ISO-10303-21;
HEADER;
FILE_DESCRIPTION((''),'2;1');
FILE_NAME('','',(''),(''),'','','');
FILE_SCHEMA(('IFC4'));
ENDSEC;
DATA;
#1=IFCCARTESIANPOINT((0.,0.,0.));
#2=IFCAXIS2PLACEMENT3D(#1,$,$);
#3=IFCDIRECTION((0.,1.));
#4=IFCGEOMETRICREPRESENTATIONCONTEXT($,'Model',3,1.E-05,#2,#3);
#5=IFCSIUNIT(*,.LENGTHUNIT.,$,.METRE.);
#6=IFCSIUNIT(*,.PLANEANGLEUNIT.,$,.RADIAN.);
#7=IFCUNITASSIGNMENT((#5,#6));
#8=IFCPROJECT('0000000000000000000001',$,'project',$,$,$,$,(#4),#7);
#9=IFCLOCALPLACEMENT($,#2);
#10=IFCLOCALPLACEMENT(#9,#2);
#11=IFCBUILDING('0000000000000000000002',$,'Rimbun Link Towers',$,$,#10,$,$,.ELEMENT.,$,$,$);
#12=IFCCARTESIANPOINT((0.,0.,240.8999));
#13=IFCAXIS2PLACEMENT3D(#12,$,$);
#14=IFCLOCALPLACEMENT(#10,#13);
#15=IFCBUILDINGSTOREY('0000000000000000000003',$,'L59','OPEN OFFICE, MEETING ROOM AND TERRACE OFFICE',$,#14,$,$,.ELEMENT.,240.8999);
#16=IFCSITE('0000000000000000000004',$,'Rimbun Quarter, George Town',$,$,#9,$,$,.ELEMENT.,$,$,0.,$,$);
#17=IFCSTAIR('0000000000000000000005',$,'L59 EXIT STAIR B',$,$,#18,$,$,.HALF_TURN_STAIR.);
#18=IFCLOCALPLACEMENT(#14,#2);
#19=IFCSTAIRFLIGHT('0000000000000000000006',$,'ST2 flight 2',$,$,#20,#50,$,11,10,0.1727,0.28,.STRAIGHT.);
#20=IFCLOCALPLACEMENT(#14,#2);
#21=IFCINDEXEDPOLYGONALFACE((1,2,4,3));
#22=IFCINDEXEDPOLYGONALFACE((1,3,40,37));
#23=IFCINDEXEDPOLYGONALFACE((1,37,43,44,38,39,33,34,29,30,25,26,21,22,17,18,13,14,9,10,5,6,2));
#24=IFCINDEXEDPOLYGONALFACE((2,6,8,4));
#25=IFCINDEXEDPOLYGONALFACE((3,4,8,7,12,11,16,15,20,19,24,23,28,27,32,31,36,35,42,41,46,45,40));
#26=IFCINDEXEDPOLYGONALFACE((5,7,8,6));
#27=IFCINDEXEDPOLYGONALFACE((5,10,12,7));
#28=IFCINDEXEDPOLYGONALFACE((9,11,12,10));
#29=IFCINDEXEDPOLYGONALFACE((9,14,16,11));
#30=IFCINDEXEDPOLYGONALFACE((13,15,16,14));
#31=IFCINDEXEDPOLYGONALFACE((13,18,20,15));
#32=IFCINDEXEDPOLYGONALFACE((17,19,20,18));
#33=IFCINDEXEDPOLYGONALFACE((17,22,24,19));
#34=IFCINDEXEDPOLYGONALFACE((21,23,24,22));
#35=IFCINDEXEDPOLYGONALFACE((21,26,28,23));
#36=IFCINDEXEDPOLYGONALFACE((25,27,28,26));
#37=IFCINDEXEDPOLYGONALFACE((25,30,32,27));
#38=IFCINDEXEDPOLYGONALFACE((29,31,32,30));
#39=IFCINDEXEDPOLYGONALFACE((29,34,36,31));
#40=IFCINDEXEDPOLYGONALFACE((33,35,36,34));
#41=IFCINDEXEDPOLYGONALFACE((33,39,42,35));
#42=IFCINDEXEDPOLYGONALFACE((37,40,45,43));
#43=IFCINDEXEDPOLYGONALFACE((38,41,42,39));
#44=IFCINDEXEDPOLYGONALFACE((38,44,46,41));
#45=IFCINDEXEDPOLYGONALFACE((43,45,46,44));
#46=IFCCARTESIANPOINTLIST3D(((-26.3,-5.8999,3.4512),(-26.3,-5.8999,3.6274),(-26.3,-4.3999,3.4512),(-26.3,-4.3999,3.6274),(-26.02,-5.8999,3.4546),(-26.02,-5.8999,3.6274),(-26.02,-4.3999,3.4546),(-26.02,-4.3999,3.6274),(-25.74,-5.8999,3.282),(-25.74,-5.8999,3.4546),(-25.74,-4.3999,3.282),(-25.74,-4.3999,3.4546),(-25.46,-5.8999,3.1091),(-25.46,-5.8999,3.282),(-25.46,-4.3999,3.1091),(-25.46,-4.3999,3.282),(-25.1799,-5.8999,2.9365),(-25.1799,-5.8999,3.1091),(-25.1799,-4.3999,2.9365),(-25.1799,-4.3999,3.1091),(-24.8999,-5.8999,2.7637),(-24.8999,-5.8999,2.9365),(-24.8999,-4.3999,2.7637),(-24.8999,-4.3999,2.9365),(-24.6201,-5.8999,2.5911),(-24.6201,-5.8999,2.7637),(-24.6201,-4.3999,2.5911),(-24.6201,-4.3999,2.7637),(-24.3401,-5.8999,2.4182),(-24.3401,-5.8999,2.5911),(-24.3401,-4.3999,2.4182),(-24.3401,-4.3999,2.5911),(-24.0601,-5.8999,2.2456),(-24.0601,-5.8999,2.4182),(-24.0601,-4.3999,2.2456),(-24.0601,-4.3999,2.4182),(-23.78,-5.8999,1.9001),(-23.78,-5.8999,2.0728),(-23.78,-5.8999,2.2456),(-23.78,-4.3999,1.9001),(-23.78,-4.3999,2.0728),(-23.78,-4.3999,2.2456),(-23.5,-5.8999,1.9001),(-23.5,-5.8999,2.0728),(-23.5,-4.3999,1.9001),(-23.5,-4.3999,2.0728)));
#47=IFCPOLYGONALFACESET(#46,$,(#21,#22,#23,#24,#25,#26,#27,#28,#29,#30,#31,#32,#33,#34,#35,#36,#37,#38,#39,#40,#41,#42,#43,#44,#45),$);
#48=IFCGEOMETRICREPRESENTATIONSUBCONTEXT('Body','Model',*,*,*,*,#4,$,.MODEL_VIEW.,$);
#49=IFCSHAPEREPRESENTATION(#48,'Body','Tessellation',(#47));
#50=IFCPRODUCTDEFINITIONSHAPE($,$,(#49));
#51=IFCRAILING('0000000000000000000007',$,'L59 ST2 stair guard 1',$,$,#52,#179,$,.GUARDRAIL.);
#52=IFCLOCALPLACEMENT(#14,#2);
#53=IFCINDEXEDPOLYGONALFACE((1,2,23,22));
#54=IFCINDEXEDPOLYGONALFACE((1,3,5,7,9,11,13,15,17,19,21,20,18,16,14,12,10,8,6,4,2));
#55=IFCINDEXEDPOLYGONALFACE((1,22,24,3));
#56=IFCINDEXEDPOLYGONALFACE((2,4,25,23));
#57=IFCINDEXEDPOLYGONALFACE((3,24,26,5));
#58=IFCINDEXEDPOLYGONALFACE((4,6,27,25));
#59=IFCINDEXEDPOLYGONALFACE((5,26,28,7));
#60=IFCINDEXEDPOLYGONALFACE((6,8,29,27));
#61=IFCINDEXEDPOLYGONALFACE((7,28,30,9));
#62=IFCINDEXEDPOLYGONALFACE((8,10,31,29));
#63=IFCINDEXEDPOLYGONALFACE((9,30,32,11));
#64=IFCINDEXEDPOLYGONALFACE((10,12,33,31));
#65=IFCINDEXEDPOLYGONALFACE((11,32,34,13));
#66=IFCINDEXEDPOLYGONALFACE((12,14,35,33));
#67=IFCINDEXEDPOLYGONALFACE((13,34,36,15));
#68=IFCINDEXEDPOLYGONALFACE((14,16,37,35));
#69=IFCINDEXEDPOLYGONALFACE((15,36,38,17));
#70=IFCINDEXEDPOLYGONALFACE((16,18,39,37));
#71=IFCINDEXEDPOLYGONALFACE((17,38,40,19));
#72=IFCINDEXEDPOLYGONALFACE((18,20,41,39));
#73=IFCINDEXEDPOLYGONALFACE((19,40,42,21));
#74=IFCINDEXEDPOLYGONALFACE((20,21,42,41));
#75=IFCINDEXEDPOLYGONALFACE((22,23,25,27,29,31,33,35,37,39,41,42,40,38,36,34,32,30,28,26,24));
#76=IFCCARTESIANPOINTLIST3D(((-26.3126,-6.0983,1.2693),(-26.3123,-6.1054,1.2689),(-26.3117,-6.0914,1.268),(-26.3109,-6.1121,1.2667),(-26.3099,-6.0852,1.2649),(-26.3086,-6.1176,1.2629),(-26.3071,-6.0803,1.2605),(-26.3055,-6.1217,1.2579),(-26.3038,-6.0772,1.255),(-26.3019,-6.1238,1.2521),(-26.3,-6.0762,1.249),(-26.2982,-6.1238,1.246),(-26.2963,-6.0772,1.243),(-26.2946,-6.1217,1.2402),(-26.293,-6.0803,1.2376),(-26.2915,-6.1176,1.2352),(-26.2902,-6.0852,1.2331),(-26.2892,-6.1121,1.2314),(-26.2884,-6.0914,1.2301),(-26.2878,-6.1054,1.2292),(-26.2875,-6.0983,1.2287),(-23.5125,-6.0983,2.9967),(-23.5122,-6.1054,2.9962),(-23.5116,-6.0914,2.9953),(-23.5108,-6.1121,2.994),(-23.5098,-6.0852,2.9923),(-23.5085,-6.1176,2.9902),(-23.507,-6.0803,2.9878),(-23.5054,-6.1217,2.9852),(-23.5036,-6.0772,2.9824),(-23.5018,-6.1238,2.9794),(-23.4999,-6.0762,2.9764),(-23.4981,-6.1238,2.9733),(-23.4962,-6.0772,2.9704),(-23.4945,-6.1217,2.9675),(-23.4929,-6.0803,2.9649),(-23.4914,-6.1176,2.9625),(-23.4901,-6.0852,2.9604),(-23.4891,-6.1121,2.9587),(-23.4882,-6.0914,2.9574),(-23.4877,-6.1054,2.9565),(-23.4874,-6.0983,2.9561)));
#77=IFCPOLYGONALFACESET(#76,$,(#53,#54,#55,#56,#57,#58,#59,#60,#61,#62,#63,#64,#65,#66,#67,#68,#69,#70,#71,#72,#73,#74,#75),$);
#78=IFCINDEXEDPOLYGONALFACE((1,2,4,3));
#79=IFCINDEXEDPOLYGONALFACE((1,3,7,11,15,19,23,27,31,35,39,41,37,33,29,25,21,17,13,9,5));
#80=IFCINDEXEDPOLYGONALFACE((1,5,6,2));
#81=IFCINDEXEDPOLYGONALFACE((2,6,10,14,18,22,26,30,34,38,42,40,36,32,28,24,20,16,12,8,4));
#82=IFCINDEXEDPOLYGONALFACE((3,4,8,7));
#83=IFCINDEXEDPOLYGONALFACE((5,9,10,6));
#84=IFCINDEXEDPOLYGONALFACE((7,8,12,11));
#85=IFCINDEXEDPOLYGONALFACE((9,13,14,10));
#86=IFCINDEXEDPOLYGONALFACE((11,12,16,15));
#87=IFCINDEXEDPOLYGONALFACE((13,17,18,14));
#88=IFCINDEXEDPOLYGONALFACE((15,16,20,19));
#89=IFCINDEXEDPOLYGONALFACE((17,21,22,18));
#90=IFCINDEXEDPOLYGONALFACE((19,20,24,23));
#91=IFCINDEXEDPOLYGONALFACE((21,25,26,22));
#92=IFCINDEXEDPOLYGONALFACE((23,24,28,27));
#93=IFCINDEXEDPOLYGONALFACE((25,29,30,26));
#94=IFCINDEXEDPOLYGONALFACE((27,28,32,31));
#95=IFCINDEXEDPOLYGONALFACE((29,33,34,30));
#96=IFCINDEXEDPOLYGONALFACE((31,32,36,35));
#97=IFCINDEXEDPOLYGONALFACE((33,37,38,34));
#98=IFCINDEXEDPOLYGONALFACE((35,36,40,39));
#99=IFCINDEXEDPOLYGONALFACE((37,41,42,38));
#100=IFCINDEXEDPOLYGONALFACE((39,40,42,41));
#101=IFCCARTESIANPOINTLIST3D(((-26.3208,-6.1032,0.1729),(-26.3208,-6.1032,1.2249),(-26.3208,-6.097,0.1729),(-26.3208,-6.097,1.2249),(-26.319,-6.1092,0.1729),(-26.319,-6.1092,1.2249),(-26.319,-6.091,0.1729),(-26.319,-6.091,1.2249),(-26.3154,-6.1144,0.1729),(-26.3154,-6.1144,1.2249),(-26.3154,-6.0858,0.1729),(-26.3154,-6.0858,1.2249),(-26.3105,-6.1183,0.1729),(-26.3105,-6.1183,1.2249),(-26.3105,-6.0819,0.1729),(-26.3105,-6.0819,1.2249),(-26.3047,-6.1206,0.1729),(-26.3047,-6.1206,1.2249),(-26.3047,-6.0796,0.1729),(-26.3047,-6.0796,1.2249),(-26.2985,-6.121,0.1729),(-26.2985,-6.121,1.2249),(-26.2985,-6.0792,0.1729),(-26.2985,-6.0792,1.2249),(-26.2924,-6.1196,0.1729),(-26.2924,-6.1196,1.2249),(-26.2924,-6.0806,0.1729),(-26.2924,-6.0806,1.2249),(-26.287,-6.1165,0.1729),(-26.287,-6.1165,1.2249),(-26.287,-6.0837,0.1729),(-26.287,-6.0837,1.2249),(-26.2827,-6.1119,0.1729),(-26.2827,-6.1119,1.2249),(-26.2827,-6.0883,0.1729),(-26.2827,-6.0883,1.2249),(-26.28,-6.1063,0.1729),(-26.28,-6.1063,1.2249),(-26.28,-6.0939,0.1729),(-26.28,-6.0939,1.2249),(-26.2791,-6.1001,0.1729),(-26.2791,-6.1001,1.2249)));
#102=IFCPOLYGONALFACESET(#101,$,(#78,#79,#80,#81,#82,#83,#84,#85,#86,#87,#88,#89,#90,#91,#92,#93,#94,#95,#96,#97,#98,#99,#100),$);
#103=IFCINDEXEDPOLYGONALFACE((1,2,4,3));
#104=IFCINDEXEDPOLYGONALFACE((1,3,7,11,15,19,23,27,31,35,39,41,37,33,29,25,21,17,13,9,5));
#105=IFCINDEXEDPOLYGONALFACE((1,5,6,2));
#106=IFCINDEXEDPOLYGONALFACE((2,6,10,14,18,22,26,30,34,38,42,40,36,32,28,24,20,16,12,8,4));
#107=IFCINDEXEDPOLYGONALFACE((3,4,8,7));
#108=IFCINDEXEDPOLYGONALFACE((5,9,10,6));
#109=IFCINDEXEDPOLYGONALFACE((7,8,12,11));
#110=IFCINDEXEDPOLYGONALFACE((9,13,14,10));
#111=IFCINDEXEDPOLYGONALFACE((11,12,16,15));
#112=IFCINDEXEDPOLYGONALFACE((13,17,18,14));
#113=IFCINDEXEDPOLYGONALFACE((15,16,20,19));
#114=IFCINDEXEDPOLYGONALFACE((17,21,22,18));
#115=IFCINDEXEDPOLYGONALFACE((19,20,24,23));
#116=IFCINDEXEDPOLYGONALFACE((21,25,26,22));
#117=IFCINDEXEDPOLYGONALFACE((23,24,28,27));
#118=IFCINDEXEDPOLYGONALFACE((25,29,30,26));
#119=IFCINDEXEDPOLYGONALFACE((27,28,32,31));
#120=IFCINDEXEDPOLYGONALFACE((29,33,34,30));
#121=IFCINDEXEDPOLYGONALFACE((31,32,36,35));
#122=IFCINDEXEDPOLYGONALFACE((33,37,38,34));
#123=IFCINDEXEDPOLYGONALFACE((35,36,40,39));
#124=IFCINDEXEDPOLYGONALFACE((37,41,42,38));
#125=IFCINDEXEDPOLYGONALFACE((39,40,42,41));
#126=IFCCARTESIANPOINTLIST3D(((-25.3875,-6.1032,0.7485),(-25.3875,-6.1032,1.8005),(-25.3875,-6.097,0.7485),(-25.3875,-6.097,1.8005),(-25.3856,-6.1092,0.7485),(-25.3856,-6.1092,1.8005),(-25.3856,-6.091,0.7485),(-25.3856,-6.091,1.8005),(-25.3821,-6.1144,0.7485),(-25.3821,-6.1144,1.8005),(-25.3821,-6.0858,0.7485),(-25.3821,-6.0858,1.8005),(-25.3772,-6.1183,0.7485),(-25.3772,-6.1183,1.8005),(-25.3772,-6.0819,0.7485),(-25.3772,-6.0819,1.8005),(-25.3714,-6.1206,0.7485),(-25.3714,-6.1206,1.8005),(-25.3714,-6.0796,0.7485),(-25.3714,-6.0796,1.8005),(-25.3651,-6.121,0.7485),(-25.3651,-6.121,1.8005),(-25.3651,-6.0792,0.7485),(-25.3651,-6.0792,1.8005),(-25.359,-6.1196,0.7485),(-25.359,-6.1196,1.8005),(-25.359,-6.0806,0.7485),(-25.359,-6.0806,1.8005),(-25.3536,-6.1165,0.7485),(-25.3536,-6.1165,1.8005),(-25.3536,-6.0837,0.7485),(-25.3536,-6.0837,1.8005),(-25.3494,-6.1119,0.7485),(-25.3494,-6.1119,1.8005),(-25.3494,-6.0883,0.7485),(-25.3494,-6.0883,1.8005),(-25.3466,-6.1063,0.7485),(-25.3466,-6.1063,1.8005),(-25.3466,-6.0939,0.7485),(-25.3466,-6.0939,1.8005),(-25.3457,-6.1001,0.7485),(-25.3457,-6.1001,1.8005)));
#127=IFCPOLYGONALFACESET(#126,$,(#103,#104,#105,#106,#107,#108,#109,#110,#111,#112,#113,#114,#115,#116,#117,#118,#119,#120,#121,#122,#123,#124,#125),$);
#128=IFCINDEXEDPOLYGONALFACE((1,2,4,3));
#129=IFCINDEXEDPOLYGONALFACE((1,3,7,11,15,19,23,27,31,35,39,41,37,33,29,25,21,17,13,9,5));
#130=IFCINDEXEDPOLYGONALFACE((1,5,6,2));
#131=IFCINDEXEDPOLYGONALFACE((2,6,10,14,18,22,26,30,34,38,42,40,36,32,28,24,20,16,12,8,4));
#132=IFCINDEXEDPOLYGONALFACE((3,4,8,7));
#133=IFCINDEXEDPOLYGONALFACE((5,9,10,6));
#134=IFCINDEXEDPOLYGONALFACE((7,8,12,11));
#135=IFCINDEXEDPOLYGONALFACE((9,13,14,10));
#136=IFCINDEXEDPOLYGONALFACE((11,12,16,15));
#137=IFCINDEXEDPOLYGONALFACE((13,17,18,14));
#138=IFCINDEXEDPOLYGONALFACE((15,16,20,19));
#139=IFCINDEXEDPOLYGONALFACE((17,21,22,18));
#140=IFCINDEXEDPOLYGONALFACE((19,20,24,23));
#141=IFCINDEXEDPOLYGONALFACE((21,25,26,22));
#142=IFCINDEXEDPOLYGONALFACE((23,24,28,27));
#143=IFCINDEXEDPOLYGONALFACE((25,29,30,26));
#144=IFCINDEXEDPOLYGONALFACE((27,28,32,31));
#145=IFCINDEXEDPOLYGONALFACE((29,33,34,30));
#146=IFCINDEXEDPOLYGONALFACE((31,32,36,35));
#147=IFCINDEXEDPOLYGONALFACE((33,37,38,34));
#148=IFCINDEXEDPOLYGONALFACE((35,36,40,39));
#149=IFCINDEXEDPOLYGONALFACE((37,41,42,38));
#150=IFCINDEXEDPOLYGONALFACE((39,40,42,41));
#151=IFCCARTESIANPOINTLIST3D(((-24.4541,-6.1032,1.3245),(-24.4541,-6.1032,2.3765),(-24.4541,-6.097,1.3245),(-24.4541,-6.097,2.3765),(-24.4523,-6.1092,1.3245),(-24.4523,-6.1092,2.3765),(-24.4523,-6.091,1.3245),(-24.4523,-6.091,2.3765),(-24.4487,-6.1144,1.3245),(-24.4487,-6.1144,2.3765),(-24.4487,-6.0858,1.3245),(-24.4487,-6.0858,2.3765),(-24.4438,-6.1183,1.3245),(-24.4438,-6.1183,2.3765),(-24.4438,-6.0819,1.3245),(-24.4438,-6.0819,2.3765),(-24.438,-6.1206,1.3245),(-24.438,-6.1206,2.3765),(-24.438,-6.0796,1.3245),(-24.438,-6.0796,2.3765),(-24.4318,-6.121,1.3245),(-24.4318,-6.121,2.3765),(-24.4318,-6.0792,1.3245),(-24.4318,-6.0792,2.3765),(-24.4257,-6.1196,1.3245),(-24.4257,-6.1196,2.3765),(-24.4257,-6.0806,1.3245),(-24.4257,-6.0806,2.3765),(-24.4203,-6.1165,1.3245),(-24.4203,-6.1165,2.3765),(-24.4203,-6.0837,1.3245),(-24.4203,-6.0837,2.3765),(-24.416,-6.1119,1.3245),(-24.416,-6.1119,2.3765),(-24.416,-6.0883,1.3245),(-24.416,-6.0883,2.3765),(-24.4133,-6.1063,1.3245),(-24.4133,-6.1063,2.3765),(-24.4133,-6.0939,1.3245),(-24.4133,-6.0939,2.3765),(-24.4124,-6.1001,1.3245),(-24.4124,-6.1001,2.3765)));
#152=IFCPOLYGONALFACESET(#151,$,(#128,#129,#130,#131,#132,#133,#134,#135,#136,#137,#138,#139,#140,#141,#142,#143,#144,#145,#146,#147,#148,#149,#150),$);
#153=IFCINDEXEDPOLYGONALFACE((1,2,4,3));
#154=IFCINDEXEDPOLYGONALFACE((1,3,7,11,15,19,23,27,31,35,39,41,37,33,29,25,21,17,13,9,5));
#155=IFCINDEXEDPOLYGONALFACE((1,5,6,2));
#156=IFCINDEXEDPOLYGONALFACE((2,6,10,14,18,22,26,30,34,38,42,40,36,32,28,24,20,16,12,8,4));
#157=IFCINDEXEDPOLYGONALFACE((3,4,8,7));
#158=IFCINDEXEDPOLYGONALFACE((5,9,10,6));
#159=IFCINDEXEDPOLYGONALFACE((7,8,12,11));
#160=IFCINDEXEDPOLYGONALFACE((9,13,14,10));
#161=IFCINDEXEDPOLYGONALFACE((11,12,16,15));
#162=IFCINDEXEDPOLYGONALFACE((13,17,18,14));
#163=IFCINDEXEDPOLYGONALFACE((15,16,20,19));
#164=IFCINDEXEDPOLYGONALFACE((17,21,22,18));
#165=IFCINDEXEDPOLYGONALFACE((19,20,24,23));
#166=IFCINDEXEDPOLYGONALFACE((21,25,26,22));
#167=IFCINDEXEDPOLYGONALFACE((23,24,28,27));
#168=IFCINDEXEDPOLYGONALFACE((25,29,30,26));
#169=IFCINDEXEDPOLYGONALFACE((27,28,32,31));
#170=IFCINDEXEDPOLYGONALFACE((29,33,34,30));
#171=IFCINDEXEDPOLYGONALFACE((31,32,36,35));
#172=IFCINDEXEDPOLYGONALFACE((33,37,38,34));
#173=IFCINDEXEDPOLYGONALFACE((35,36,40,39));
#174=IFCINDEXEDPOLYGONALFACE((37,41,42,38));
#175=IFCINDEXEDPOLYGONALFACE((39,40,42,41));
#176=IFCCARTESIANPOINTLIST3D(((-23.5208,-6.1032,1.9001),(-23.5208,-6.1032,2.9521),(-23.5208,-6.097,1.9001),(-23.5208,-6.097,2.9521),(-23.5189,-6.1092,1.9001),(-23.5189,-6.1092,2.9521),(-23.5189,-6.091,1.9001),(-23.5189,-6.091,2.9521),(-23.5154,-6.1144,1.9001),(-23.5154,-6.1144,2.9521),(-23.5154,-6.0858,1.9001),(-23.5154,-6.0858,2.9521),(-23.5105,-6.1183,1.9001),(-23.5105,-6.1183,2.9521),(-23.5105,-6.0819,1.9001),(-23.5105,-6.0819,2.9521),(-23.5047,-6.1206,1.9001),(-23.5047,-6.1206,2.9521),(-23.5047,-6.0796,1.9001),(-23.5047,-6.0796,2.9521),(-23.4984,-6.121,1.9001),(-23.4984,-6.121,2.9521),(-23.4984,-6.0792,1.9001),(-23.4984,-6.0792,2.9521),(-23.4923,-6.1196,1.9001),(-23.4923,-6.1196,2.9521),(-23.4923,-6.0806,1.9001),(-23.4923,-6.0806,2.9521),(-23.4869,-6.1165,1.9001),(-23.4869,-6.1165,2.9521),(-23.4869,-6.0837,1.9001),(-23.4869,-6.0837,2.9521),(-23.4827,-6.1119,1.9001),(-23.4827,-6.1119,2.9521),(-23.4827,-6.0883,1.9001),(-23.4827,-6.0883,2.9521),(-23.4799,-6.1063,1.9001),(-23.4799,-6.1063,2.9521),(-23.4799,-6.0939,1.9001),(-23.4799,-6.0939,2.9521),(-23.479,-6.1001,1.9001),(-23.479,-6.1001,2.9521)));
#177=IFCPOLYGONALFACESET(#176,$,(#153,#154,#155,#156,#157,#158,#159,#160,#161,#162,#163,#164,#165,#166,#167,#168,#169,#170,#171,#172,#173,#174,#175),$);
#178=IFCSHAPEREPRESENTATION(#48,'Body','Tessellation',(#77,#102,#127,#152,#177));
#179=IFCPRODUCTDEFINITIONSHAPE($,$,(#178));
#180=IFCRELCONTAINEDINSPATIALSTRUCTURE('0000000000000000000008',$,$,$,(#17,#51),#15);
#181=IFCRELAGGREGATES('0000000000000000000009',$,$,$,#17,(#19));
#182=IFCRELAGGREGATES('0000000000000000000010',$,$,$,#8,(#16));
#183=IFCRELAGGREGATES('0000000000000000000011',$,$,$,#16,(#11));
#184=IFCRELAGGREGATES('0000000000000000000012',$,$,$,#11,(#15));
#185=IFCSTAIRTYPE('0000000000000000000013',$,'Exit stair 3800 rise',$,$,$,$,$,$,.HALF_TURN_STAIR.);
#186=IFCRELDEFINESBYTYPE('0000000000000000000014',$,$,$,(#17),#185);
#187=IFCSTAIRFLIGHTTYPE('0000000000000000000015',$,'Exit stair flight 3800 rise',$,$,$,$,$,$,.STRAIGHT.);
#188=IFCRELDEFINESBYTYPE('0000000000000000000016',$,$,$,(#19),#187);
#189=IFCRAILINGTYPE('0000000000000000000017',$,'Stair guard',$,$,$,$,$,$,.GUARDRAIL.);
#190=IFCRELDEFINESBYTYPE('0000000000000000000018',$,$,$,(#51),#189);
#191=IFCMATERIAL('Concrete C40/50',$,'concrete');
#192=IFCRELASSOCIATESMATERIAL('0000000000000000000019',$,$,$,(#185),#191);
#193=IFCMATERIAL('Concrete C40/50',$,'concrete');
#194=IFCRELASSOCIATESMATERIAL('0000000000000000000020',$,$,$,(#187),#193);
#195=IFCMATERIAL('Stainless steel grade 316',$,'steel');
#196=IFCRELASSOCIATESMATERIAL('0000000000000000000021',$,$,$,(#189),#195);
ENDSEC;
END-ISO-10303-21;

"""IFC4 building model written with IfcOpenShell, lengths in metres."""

from ifc_helpers import new_model, si_unit, direction, frame, origin, origin_2d, place, context, subcontext, project, spatial, polyline, circle, outline, extrude, material, type_object, element, aggregate, save


model = new_model("IFC4")

# Units and contexts
model_context = context("Model", 3, precision=1e-05, world=origin(), true_north=direction((0.0, 1.0)))
body_context = subcontext(model_context, "Body", "Model", "MODEL_VIEW")
ifc_project = project(units=[si_unit("LENGTHUNIT", "METRE"), si_unit("PLANEANGLEUNIT", "RADIAN")], contexts=[model_context])

# Site, building, storey
site_placement = place(None, origin())
site = spatial("IfcSite", under=ifc_project, at=site_placement, Name="Rimbun Quarter, George Town", CompositionType="ELEMENT", RefElevation=0.0)
building_placement = place(site_placement, origin())
building = spatial("IfcBuilding", under=site, at=building_placement, Name="Rimbun Link Towers", CompositionType="ELEMENT")
storey_placement = place(building_placement, frame((0.0, 0.0, 240.8999)))
storey = spatial("IfcBuildingStorey", under=building, at=storey_placement, Name="L59", Description="OPEN OFFICE, MEETING ROOM AND TERRACE OFFICE", CompositionType="ELEMENT", Elevation=240.8999)

# Stair, stair flight
ifc_material_1 = material(Name="Concrete C40/50", Category="concrete")
stair_type = type_object("IfcStairType", Name="Exit stair 3800 rise", PredefinedType="HALF_TURN_STAIR", material=ifc_material_1)
stair_placement = place(storey_placement, origin())
stair = element("IfcStair", 1, at=stair_placement, inside=storey, type_object=stair_type, Name="L59 EXIT STAIR B", PredefinedType="HALF_TURN_STAIR")
ifc_material_2 = material(Name="Concrete C40/50", Category="concrete")
stair_flight_type = type_object("IfcStairFlightType", Name="Exit stair flight 3800 rise", PredefinedType="STRAIGHT", material=ifc_material_2)
stair_flight_1_placement = place(storey_placement, frame((-23.5, -5.1499, 1.9001), z_axis=(0.0, 0.0, 1.0), x_axis=(-1.0, 0.0, 0.0)))
stair_flight_1 = element("IfcStairFlight", 2, at=stair_flight_1_placement, type_object=stair_flight_type, Name="ST2 flight 2", NumberOfRisers=11, NumberOfTreads=10, PredefinedType="STRAIGHT", RiserHeight=0.1727, TreadLength=0.28, context=body_context, shape_type="SweptSolid", body=[
    extrude(outline(polyline([(0.0, 0.0), (0.0, 0.1726), (0.28, 0.1726), (0.28, 0.3455), (0.5601, 0.3455), (0.5601, 0.5181), (0.8401, 0.5181), (0.8401, 0.6909), (1.1201, 0.6909), (1.1201, 0.8635), (1.3999, 0.8635), (1.3999, 1.0364), (1.6799, 1.0364), (1.6799, 1.209), (1.96, 1.209), (1.96, 1.3818), (2.24, 1.3818), (2.24, 1.5544), (2.52, 1.5544), (2.52, 1.7273), (2.8, 1.7273), (2.8, 1.8999), (2.8, 1.551), (0.28, 0.0), (0.0, 0.0)])), frame((0.0, 0.75, 0.0), z_axis=(0.0, -1.0, 0.0), x_axis=(1.0, 0.0, 0.0)), (0.0, 0.0, 1.0), 1.5),
])
aggregate(stair, [stair_flight_1])

# Railing
ifc_material_3 = material(Name="Stainless steel grade 316", Category="steel")
railing_type_1 = type_object("IfcRailingType", Name="Stair guard", PredefinedType="GUARDRAIL", material=ifc_material_3)
railing_1_placement = place(storey_placement, frame((-26.3, -6.1001, 0.1729)))
element("IfcRailing", 3, at=railing_1_placement, inside=storey, type_object=railing_type_1, Name="L59 ST2 stair guard 1", PredefinedType="GUARDRAIL", context=body_context, shape_type="SweptSolid", body=[
    extrude(circle(Radius=0.0239, at=origin_2d()), frame((0.0, 0.0, 1.0762), z_axis=(0.85109, 0.0, 0.52502), x_axis=(0.0, 1.0, 0.0)), (0.0, 0.0, 1.0), 3.29),
    extrude(circle(Radius=0.021, at=origin_2d()), origin(), (0.0, 0.0, 1.0), 1.052),
    extrude(circle(Radius=0.021, at=origin_2d()), frame((0.9333, 0.0, 0.5757)), (0.0, 0.0, 1.0), 1.052),
    extrude(circle(Radius=0.021, at=origin_2d()), frame((1.8667, 0.0, 1.1516)), (0.0, 0.0, 1.0), 1.052),
    extrude(circle(Radius=0.021, at=origin_2d()), frame((2.8, 0.0, 1.7273)), (0.0, 0.0, 1.0), 1.052),
])

save(model, "model.ifc")
